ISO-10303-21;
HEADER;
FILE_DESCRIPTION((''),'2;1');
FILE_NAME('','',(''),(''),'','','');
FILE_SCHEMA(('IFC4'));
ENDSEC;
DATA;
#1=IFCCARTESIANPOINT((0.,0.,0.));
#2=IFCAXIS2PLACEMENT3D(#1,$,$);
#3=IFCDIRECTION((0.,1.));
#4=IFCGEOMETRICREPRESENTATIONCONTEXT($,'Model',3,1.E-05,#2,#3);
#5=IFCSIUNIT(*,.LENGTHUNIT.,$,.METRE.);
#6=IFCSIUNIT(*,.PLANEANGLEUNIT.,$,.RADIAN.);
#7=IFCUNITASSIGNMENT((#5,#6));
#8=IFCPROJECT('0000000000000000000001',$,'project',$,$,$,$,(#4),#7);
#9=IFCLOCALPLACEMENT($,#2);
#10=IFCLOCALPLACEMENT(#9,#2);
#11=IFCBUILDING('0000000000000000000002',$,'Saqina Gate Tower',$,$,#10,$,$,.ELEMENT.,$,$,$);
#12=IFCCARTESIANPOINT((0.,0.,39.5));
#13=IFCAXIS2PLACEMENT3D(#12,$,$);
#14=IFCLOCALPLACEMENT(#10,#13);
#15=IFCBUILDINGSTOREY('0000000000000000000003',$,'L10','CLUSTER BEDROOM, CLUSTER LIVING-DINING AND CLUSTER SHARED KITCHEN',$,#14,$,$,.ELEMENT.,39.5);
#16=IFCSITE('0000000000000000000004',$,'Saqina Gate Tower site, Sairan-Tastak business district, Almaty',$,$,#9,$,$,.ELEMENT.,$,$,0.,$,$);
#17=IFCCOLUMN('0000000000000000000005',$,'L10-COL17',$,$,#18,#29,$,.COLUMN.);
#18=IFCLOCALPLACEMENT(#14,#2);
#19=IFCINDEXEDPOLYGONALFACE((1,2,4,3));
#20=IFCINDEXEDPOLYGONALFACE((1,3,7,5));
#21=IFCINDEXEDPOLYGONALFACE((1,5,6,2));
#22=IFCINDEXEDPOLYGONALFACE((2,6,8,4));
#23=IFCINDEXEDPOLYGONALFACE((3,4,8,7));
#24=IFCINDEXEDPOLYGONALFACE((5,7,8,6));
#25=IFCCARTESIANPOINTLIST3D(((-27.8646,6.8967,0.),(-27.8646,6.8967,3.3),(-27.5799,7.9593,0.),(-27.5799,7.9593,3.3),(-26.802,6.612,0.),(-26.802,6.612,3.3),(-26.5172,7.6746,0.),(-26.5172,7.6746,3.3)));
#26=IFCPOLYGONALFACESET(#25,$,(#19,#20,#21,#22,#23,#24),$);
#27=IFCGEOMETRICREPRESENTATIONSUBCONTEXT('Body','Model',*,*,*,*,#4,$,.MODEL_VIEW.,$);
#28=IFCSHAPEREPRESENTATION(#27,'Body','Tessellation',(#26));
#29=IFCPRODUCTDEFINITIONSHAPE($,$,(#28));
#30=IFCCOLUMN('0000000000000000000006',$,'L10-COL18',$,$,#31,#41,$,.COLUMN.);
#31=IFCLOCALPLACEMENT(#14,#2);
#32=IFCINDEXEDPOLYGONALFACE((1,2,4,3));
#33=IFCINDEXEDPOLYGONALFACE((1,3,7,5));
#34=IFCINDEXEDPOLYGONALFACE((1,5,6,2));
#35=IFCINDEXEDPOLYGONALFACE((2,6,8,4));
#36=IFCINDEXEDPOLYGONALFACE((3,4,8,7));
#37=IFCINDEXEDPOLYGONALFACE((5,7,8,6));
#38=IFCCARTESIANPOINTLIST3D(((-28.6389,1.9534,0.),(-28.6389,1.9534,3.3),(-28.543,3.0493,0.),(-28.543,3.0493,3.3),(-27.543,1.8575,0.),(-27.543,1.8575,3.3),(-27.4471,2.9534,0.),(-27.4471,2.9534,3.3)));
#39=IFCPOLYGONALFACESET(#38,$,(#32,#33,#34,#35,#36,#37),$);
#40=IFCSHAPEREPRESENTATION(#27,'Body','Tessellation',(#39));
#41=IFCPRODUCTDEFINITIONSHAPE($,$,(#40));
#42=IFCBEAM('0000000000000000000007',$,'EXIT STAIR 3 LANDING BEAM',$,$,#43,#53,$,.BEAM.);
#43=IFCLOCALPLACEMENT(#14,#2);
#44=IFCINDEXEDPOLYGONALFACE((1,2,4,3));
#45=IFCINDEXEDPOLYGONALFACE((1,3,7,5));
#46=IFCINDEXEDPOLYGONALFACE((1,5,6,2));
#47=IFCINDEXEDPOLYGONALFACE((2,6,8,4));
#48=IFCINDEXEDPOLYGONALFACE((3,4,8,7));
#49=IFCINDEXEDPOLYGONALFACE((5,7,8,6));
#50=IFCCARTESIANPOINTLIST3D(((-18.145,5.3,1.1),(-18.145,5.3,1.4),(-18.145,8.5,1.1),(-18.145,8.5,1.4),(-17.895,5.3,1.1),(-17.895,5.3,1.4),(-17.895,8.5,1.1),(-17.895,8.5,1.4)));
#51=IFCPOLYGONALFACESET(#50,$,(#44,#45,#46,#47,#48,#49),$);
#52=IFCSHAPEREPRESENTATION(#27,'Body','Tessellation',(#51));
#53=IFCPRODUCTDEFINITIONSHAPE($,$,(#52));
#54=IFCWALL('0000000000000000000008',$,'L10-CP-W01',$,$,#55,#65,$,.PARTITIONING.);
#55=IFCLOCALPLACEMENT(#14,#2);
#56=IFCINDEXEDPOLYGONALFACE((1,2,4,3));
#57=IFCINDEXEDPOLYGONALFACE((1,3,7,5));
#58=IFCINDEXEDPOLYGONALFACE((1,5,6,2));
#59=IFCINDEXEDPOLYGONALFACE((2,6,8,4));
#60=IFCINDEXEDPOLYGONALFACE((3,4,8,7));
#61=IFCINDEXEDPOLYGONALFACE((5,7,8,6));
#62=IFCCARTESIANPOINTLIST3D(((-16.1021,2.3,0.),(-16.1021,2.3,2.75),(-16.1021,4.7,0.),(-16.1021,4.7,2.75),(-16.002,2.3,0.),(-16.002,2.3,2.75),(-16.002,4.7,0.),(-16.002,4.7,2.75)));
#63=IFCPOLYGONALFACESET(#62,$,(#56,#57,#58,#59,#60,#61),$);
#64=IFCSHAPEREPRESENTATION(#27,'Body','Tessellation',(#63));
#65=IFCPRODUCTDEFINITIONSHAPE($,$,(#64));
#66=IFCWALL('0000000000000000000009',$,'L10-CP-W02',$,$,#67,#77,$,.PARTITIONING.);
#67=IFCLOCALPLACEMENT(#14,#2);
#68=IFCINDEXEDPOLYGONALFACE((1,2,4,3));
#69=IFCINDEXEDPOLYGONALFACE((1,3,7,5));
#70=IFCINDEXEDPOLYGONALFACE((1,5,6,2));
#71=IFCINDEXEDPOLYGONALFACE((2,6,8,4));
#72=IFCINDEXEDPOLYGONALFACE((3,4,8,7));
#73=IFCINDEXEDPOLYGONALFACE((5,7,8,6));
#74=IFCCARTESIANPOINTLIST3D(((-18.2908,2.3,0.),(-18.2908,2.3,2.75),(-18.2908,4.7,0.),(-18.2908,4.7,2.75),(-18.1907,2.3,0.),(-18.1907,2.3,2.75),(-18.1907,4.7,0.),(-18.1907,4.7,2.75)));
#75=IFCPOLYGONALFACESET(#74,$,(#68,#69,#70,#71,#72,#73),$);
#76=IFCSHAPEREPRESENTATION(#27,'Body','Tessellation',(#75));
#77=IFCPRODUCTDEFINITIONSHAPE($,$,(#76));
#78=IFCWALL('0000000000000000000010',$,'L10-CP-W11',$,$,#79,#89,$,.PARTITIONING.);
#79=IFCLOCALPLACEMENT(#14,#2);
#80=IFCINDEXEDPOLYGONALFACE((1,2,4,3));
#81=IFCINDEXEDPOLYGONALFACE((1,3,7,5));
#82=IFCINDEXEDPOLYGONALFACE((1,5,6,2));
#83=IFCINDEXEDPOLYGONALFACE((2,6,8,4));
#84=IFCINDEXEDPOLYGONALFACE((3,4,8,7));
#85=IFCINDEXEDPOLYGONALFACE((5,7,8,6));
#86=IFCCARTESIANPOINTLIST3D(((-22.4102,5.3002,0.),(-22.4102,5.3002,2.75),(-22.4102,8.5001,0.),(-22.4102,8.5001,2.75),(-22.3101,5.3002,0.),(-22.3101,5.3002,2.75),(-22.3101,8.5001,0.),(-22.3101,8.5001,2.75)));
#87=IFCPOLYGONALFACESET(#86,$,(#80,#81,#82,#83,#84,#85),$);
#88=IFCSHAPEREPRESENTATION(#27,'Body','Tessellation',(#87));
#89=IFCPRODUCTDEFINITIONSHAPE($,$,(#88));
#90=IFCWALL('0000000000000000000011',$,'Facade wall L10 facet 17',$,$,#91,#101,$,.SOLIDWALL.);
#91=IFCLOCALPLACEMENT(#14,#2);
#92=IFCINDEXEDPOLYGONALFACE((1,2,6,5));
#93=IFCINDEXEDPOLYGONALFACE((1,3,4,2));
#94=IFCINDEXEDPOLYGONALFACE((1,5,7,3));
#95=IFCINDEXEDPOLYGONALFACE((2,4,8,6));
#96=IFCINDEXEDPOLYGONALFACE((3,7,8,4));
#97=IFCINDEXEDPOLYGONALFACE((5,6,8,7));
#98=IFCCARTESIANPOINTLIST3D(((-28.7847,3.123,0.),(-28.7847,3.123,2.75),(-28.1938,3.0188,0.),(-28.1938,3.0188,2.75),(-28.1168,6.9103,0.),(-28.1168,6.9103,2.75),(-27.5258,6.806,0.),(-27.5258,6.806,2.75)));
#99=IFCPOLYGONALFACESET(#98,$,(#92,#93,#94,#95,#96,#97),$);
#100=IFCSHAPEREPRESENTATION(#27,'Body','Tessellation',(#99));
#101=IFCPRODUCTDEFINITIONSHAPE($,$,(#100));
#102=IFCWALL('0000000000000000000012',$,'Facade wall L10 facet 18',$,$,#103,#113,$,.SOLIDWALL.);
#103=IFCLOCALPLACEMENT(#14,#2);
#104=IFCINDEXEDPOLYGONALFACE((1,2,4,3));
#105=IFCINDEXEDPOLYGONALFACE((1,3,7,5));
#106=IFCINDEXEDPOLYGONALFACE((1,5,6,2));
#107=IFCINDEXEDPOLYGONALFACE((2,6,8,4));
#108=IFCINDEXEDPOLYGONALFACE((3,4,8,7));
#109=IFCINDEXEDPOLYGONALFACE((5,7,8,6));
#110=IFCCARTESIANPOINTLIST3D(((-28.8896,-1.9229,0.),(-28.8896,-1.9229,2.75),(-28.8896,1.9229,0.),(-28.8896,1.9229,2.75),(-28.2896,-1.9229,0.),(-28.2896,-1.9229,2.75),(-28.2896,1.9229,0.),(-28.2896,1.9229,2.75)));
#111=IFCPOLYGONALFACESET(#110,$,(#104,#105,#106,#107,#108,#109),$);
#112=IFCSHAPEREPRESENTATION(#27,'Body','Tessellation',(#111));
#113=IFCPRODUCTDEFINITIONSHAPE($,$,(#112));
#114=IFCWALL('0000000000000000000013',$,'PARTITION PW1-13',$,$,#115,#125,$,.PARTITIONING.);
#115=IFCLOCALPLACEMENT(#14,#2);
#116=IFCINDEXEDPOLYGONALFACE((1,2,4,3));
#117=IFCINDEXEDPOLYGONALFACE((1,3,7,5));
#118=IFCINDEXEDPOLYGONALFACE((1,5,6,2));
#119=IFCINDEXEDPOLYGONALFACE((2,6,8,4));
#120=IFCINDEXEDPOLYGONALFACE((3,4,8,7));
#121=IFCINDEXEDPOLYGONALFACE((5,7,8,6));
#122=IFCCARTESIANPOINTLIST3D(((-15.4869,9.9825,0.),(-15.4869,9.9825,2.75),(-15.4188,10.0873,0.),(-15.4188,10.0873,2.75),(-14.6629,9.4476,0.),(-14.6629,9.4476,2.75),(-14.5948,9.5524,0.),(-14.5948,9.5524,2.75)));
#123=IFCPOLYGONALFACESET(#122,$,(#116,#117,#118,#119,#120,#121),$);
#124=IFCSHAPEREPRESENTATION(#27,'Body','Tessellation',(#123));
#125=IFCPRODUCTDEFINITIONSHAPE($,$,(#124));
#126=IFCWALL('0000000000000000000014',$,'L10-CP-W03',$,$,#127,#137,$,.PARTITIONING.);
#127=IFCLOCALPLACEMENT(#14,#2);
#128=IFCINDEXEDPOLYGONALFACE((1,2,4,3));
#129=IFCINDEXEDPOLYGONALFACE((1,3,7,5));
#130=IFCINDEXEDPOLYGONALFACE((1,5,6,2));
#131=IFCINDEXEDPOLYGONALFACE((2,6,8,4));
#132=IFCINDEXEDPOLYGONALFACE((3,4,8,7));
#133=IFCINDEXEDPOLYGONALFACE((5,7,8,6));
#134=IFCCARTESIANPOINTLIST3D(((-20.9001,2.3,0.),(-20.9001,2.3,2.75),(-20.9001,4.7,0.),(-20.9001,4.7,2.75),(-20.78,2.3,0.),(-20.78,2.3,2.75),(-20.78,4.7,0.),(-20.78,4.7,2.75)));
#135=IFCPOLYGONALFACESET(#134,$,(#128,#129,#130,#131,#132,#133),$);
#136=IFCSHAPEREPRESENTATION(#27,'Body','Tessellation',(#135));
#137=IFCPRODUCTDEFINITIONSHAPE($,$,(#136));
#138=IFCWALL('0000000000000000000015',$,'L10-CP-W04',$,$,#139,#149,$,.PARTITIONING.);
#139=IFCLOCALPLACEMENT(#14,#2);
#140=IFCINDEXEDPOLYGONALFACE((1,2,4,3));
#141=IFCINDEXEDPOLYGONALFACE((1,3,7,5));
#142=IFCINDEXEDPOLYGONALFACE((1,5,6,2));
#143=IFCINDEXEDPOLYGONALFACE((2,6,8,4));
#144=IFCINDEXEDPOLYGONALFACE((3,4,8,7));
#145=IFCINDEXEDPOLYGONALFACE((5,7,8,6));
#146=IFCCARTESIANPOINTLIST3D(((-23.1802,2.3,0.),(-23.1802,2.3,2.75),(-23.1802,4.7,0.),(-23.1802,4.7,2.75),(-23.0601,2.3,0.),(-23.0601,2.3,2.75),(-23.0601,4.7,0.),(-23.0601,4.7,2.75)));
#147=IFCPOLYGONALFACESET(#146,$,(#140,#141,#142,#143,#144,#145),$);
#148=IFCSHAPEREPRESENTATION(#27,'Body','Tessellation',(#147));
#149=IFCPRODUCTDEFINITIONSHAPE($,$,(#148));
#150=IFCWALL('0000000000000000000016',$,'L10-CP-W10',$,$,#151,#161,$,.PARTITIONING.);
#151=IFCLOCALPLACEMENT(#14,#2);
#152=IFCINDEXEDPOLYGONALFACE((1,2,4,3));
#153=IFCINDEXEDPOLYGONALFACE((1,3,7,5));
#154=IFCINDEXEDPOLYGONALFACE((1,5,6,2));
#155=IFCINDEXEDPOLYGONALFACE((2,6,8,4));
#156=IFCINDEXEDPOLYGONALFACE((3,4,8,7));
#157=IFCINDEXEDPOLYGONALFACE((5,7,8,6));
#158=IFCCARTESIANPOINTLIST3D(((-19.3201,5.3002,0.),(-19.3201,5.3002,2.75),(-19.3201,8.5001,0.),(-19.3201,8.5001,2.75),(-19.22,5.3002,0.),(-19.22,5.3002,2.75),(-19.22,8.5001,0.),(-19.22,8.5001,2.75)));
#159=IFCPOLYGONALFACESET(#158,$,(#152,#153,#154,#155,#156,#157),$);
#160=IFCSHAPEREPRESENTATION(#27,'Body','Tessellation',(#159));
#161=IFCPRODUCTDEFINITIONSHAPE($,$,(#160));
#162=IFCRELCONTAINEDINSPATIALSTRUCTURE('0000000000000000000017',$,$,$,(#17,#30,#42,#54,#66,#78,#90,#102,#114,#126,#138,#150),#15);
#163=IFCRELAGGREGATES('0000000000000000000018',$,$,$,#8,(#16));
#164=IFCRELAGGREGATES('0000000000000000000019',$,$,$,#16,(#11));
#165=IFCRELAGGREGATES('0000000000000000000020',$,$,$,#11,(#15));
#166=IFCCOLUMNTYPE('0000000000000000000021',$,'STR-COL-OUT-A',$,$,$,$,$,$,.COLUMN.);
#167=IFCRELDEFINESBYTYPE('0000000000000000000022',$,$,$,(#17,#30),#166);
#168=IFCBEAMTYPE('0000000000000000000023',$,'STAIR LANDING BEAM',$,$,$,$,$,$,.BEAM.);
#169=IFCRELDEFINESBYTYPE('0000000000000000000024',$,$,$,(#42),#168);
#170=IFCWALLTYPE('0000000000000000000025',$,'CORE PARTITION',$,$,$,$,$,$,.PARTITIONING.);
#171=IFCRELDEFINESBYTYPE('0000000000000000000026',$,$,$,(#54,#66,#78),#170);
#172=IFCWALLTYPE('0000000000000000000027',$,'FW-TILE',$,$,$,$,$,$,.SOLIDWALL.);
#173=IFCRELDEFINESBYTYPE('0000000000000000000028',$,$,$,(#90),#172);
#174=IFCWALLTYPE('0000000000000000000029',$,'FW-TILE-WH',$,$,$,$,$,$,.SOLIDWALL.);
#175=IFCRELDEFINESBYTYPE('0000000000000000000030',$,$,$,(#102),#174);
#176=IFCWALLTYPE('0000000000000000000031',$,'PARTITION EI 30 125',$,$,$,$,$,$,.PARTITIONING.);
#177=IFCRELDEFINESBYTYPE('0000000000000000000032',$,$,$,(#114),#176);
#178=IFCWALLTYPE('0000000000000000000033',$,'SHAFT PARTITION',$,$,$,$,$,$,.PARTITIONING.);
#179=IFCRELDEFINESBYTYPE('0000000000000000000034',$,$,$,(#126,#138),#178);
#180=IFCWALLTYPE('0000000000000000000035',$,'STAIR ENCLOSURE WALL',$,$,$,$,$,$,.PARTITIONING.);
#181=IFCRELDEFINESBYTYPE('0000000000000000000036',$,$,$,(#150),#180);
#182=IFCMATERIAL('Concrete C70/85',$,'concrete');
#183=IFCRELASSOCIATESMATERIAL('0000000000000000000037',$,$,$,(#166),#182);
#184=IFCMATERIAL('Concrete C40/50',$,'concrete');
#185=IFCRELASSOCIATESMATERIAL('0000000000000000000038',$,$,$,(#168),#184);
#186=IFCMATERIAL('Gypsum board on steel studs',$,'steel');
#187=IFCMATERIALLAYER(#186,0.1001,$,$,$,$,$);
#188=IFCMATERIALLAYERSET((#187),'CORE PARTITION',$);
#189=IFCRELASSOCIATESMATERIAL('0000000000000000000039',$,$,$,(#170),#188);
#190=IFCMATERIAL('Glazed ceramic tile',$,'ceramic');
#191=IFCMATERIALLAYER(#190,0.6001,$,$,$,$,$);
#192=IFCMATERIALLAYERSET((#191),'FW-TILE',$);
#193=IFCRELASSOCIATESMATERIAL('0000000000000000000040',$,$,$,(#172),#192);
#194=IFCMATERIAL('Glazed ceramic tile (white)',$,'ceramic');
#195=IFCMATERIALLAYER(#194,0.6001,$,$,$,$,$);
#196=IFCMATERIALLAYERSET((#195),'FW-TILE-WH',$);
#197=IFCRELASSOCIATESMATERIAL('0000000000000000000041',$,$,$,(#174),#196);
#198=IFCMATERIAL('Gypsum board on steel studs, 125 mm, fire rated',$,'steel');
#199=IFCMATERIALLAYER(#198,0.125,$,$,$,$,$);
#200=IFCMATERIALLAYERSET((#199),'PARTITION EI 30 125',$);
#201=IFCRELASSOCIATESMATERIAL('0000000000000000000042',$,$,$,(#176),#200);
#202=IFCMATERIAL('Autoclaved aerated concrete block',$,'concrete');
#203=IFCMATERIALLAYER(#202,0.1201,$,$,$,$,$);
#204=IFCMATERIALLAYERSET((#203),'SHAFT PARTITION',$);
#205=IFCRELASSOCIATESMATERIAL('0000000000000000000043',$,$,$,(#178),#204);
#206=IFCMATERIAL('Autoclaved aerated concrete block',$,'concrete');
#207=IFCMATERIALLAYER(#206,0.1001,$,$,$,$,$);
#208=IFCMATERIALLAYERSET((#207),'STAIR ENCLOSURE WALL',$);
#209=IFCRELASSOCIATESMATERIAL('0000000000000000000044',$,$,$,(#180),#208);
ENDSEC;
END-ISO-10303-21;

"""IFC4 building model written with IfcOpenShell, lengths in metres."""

from ifc_helpers import new_model, si_unit, direction, frame, frame_2d, origin, origin_2d, place, context, subcontext, project, spatial, rectangle, extrude, material, layer, layer_set, material_profile, profile_set, type_object, element, save


model = new_model("IFC4")

# Units and contexts
model_context = context("Model", 3, precision=1e-05, world=origin(), true_north=direction((0.0, 1.0)))
body_context = subcontext(model_context, "Body", "Model", "MODEL_VIEW")
ifc_project = project(units=[si_unit("LENGTHUNIT", "METRE"), si_unit("PLANEANGLEUNIT", "RADIAN")], contexts=[model_context])

# Site, building, storey
site_placement = place(None, origin())
site = spatial("IfcSite", under=ifc_project, at=site_placement, Name="Saqina Gate Tower site, Sairan-Tastak business district, Almaty", CompositionType="ELEMENT", RefElevation=0.0)
building_placement = place(site_placement, origin())
building = spatial("IfcBuilding", under=site, at=building_placement, Name="Saqina Gate Tower", CompositionType="ELEMENT")
storey_placement = place(building_placement, frame((0.0, 0.0, 39.5)))
storey = spatial("IfcBuildingStorey", under=building, at=storey_placement, Name="L10", Description="CLUSTER BEDROOM, CLUSTER LIVING-DINING AND CLUSTER SHARED KITCHEN", CompositionType="ELEMENT", Elevation=39.5)

# Columns
ifc_material_1 = material(Name="Concrete C70/85", Category="concrete")
ifc_material_profile_1 = material_profile(ifc_material_1, rectangle(XDim=1.1001, YDim=1.1001, at=origin_2d()), Name="RC 1100x1100")
ifc_profile_set_1 = profile_set([ifc_material_profile_1], Name="Concrete C70/85")
column_type = type_object("IfcColumnType", Name="STR-COL-OUT-A", PredefinedType="COLUMN", material=ifc_profile_set_1)
for number, where, z_axis, x_axis, name in (
    (1, (-27.1909, 7.2856, 0.0), (0.0, 0.0, 1.0), (-0.965926, 0.258819, 0.0), "L10-COL17"),
    (2, (-28.043, 2.4534, 0.0), (0.0, 0.0, 1.0), (-0.996195, 0.087156, 0.0), "L10-COL18"),
):
    element("IfcColumn", number, at=place(storey_placement, frame(where, z_axis=z_axis, x_axis=x_axis)), inside=storey, type_object=column_type, Name=name, PredefinedType="COLUMN", context=body_context, shape_type="SweptSolid", body=[
        extrude(rectangle(XDim=1.1001, YDim=1.1001, at=origin_2d()), origin(), (0.0, 0.0, 1.0), 3.3),
    ])

# Beam
ifc_material_2 = material(Name="Concrete C40/50", Category="concrete")
ifc_material_profile_2 = material_profile(ifc_material_2, rectangle(XDim=0.25, YDim=0.3, at=origin_2d()), Name="STAIR LANDING BEAM")
ifc_profile_set_2 = profile_set([ifc_material_profile_2], Name="Concrete C40/50")
beam_type = type_object("IfcBeamType", Name="STAIR LANDING BEAM", PredefinedType="BEAM", material=ifc_profile_set_2)
beam_placement = place(storey_placement, frame((-18.02, 5.3, 1.25), z_axis=(0.0, 1.0, 0.0), x_axis=(-1.0, 0.0, 0.0)))
element("IfcBeam", 3, at=beam_placement, inside=storey, type_object=beam_type, Name="EXIT STAIR 3 LANDING BEAM", PredefinedType="BEAM", context=body_context, shape_type="SweptSolid", body=[
    extrude(rectangle(XDim=0.25, YDim=0.3, at=origin_2d()), origin(), (0.0, 0.0, 1.0), 3.2),
])

# Walls
ifc_material_3 = material(Name="Gypsum board on steel studs", Category="steel")
ifc_layer_1 = layer(ifc_material_3, 0.1001)
ifc_layer_set_1 = layer_set([ifc_layer_1], Name="CORE PARTITION")
wall_type_1 = type_object("IfcWallType", Name="CORE PARTITION", PredefinedType="PARTITIONING", material=ifc_layer_set_1)
for number, where, z_axis, x_axis, name in (
    (4, (-16.052, 2.3, 0.0), (0.0, 0.0, 1.0), (0.0, 1.0, 0.0), "L10-CP-W01"),
    (5, (-18.2407, 2.3, 0.0), (0.0, 0.0, 1.0), (0.0, 1.0, 0.0), "L10-CP-W02"),
):
    element("IfcWall", number, at=place(storey_placement, frame(where, z_axis=z_axis, x_axis=x_axis)), inside=storey, type_object=wall_type_1, Name=name, PredefinedType="PARTITIONING", context=body_context, shape_type="SweptSolid", body=[
        extrude(rectangle(XDim=2.3999, YDim=0.1001, at=frame_2d((1.2, 0.0))), origin(), (0.0, 0.0, 1.0), 2.75),
    ])
wall_1_placement = place(storey_placement, frame((-22.3601, 5.3, 0.0), z_axis=(0.0, 0.0, 1.0), x_axis=(0.0, 1.0, 0.0)))
element("IfcWall", 6, at=wall_1_placement, inside=storey, type_object=wall_type_1, Name="L10-CP-W11", PredefinedType="PARTITIONING", context=body_context, shape_type="SweptSolid", body=[
    extrude(rectangle(XDim=3.2, YDim=0.1001, at=frame_2d((1.6001, 0.0))), origin(), (0.0, 0.0, 1.0), 2.75),
])
ifc_material_4 = material(Name="Glazed ceramic tile", Category="ceramic")
ifc_layer_2 = layer(ifc_material_4, 0.6001)
ifc_layer_set_2 = layer_set([ifc_layer_2], Name="FW-TILE")
wall_type_2 = type_object("IfcWallType", Name="FW-TILE", PredefinedType="SOLIDWALL", material=ifc_layer_set_2)
wall_2_placement = place(storey_placement, frame((-27.8213, 6.8582, 0.0), z_axis=(0.0, 0.0, 1.0), x_axis=(-0.173688, -0.984801, 0.0)))
element("IfcWall", 7, at=wall_2_placement, inside=storey, type_object=wall_type_2, Name="Facade wall L10 facet 17", PredefinedType="SOLIDWALL", context=body_context, shape_type="SweptSolid", body=[
    extrude(rectangle(XDim=3.8457, YDim=0.6001, at=frame_2d((1.9229, 0.0))), origin(), (0.0, 0.0, 1.0), 2.75),
])
ifc_material_5 = material(Name="Glazed ceramic tile (white)", Category="ceramic")
ifc_layer_3 = layer(ifc_material_5, 0.6001)
ifc_layer_set_3 = layer_set([ifc_layer_3], Name="FW-TILE-WH")
wall_type_3 = type_object("IfcWallType", Name="FW-TILE-WH", PredefinedType="SOLIDWALL", material=ifc_layer_set_3)
wall_3_placement = place(storey_placement, frame((-28.5896, 1.9229, 0.0), z_axis=(0.0, 0.0, 1.0), x_axis=(0.0, -1.0, 0.0)))
element("IfcWall", 8, at=wall_3_placement, inside=storey, type_object=wall_type_3, Name="Facade wall L10 facet 18", PredefinedType="SOLIDWALL", context=body_context, shape_type="SweptSolid", body=[
    extrude(rectangle(XDim=3.8457, YDim=0.6001, at=frame_2d((1.9229, 0.0))), origin(), (0.0, 0.0, 1.0), 2.75),
])
ifc_material_6 = material(Name="Gypsum board on steel studs, 125 mm, fire rated", Category="steel")
ifc_layer_4 = layer(ifc_material_6, 0.125)
ifc_layer_set_4 = layer_set([ifc_layer_4], Name="PARTITION EI 30 125")
wall_type_4 = type_object("IfcWallType", Name="PARTITION EI 30 125", PredefinedType="PARTITIONING", material=ifc_layer_set_4)
wall_4_placement = place(storey_placement, frame((-15.4529, 10.0349, 0.0), z_axis=(0.0, 0.0, 1.0), x_axis=(0.838756, -0.544508, 0.0)))
element("IfcWall", 9, at=wall_4_placement, inside=storey, type_object=wall_type_4, Name="PARTITION PW1-13", PredefinedType="PARTITIONING", context=body_context, shape_type="SweptSolid", body=[
    extrude(rectangle(XDim=0.9824, YDim=0.125, at=frame_2d((0.4912, 0.0))), origin(), (0.0, 0.0, 1.0), 2.75),
])
ifc_material_7 = material(Name="Autoclaved aerated concrete block", Category="concrete")
ifc_layer_5 = layer(ifc_material_7, 0.1201)
ifc_layer_set_5 = layer_set([ifc_layer_5], Name="SHAFT PARTITION")
wall_type_5 = type_object("IfcWallType", Name="SHAFT PARTITION", PredefinedType="PARTITIONING", material=ifc_layer_set_5)
for number, where, z_axis, x_axis, name in (
    (10, (-20.8401, 2.3, 0.0), (0.0, 0.0, 1.0), (0.0, 1.0, 0.0), "L10-CP-W03"),
    (11, (-23.1201, 2.3, 0.0), (0.0, 0.0, 1.0), (0.0, 1.0, 0.0), "L10-CP-W04"),
):
    element("IfcWall", number, at=place(storey_placement, frame(where, z_axis=z_axis, x_axis=x_axis)), inside=storey, type_object=wall_type_5, Name=name, PredefinedType="PARTITIONING", context=body_context, shape_type="SweptSolid", body=[
        extrude(rectangle(XDim=2.3999, YDim=0.1201, at=frame_2d((1.2, 0.0))), origin(), (0.0, 0.0, 1.0), 2.75),
    ])
ifc_material_8 = material(Name="Autoclaved aerated concrete block", Category="concrete")
ifc_layer_6 = layer(ifc_material_8, 0.1001)
ifc_layer_set_6 = layer_set([ifc_layer_6], Name="STAIR ENCLOSURE WALL")
wall_type_6 = type_object("IfcWallType", Name="STAIR ENCLOSURE WALL", PredefinedType="PARTITIONING", material=ifc_layer_set_6)
wall_5_placement = place(storey_placement, frame((-19.27, 5.3, 0.0), z_axis=(0.0, 0.0, 1.0), x_axis=(0.0, 1.0, 0.0)))
element("IfcWall", 12, at=wall_5_placement, inside=storey, type_object=wall_type_6, Name="L10-CP-W10", PredefinedType="PARTITIONING", context=body_context, shape_type="SweptSolid", body=[
    extrude(rectangle(XDim=3.2, YDim=0.1001, at=frame_2d((1.6001, 0.0))), origin(), (0.0, 0.0, 1.0), 2.75),
])

save(model, "model.ifc")
